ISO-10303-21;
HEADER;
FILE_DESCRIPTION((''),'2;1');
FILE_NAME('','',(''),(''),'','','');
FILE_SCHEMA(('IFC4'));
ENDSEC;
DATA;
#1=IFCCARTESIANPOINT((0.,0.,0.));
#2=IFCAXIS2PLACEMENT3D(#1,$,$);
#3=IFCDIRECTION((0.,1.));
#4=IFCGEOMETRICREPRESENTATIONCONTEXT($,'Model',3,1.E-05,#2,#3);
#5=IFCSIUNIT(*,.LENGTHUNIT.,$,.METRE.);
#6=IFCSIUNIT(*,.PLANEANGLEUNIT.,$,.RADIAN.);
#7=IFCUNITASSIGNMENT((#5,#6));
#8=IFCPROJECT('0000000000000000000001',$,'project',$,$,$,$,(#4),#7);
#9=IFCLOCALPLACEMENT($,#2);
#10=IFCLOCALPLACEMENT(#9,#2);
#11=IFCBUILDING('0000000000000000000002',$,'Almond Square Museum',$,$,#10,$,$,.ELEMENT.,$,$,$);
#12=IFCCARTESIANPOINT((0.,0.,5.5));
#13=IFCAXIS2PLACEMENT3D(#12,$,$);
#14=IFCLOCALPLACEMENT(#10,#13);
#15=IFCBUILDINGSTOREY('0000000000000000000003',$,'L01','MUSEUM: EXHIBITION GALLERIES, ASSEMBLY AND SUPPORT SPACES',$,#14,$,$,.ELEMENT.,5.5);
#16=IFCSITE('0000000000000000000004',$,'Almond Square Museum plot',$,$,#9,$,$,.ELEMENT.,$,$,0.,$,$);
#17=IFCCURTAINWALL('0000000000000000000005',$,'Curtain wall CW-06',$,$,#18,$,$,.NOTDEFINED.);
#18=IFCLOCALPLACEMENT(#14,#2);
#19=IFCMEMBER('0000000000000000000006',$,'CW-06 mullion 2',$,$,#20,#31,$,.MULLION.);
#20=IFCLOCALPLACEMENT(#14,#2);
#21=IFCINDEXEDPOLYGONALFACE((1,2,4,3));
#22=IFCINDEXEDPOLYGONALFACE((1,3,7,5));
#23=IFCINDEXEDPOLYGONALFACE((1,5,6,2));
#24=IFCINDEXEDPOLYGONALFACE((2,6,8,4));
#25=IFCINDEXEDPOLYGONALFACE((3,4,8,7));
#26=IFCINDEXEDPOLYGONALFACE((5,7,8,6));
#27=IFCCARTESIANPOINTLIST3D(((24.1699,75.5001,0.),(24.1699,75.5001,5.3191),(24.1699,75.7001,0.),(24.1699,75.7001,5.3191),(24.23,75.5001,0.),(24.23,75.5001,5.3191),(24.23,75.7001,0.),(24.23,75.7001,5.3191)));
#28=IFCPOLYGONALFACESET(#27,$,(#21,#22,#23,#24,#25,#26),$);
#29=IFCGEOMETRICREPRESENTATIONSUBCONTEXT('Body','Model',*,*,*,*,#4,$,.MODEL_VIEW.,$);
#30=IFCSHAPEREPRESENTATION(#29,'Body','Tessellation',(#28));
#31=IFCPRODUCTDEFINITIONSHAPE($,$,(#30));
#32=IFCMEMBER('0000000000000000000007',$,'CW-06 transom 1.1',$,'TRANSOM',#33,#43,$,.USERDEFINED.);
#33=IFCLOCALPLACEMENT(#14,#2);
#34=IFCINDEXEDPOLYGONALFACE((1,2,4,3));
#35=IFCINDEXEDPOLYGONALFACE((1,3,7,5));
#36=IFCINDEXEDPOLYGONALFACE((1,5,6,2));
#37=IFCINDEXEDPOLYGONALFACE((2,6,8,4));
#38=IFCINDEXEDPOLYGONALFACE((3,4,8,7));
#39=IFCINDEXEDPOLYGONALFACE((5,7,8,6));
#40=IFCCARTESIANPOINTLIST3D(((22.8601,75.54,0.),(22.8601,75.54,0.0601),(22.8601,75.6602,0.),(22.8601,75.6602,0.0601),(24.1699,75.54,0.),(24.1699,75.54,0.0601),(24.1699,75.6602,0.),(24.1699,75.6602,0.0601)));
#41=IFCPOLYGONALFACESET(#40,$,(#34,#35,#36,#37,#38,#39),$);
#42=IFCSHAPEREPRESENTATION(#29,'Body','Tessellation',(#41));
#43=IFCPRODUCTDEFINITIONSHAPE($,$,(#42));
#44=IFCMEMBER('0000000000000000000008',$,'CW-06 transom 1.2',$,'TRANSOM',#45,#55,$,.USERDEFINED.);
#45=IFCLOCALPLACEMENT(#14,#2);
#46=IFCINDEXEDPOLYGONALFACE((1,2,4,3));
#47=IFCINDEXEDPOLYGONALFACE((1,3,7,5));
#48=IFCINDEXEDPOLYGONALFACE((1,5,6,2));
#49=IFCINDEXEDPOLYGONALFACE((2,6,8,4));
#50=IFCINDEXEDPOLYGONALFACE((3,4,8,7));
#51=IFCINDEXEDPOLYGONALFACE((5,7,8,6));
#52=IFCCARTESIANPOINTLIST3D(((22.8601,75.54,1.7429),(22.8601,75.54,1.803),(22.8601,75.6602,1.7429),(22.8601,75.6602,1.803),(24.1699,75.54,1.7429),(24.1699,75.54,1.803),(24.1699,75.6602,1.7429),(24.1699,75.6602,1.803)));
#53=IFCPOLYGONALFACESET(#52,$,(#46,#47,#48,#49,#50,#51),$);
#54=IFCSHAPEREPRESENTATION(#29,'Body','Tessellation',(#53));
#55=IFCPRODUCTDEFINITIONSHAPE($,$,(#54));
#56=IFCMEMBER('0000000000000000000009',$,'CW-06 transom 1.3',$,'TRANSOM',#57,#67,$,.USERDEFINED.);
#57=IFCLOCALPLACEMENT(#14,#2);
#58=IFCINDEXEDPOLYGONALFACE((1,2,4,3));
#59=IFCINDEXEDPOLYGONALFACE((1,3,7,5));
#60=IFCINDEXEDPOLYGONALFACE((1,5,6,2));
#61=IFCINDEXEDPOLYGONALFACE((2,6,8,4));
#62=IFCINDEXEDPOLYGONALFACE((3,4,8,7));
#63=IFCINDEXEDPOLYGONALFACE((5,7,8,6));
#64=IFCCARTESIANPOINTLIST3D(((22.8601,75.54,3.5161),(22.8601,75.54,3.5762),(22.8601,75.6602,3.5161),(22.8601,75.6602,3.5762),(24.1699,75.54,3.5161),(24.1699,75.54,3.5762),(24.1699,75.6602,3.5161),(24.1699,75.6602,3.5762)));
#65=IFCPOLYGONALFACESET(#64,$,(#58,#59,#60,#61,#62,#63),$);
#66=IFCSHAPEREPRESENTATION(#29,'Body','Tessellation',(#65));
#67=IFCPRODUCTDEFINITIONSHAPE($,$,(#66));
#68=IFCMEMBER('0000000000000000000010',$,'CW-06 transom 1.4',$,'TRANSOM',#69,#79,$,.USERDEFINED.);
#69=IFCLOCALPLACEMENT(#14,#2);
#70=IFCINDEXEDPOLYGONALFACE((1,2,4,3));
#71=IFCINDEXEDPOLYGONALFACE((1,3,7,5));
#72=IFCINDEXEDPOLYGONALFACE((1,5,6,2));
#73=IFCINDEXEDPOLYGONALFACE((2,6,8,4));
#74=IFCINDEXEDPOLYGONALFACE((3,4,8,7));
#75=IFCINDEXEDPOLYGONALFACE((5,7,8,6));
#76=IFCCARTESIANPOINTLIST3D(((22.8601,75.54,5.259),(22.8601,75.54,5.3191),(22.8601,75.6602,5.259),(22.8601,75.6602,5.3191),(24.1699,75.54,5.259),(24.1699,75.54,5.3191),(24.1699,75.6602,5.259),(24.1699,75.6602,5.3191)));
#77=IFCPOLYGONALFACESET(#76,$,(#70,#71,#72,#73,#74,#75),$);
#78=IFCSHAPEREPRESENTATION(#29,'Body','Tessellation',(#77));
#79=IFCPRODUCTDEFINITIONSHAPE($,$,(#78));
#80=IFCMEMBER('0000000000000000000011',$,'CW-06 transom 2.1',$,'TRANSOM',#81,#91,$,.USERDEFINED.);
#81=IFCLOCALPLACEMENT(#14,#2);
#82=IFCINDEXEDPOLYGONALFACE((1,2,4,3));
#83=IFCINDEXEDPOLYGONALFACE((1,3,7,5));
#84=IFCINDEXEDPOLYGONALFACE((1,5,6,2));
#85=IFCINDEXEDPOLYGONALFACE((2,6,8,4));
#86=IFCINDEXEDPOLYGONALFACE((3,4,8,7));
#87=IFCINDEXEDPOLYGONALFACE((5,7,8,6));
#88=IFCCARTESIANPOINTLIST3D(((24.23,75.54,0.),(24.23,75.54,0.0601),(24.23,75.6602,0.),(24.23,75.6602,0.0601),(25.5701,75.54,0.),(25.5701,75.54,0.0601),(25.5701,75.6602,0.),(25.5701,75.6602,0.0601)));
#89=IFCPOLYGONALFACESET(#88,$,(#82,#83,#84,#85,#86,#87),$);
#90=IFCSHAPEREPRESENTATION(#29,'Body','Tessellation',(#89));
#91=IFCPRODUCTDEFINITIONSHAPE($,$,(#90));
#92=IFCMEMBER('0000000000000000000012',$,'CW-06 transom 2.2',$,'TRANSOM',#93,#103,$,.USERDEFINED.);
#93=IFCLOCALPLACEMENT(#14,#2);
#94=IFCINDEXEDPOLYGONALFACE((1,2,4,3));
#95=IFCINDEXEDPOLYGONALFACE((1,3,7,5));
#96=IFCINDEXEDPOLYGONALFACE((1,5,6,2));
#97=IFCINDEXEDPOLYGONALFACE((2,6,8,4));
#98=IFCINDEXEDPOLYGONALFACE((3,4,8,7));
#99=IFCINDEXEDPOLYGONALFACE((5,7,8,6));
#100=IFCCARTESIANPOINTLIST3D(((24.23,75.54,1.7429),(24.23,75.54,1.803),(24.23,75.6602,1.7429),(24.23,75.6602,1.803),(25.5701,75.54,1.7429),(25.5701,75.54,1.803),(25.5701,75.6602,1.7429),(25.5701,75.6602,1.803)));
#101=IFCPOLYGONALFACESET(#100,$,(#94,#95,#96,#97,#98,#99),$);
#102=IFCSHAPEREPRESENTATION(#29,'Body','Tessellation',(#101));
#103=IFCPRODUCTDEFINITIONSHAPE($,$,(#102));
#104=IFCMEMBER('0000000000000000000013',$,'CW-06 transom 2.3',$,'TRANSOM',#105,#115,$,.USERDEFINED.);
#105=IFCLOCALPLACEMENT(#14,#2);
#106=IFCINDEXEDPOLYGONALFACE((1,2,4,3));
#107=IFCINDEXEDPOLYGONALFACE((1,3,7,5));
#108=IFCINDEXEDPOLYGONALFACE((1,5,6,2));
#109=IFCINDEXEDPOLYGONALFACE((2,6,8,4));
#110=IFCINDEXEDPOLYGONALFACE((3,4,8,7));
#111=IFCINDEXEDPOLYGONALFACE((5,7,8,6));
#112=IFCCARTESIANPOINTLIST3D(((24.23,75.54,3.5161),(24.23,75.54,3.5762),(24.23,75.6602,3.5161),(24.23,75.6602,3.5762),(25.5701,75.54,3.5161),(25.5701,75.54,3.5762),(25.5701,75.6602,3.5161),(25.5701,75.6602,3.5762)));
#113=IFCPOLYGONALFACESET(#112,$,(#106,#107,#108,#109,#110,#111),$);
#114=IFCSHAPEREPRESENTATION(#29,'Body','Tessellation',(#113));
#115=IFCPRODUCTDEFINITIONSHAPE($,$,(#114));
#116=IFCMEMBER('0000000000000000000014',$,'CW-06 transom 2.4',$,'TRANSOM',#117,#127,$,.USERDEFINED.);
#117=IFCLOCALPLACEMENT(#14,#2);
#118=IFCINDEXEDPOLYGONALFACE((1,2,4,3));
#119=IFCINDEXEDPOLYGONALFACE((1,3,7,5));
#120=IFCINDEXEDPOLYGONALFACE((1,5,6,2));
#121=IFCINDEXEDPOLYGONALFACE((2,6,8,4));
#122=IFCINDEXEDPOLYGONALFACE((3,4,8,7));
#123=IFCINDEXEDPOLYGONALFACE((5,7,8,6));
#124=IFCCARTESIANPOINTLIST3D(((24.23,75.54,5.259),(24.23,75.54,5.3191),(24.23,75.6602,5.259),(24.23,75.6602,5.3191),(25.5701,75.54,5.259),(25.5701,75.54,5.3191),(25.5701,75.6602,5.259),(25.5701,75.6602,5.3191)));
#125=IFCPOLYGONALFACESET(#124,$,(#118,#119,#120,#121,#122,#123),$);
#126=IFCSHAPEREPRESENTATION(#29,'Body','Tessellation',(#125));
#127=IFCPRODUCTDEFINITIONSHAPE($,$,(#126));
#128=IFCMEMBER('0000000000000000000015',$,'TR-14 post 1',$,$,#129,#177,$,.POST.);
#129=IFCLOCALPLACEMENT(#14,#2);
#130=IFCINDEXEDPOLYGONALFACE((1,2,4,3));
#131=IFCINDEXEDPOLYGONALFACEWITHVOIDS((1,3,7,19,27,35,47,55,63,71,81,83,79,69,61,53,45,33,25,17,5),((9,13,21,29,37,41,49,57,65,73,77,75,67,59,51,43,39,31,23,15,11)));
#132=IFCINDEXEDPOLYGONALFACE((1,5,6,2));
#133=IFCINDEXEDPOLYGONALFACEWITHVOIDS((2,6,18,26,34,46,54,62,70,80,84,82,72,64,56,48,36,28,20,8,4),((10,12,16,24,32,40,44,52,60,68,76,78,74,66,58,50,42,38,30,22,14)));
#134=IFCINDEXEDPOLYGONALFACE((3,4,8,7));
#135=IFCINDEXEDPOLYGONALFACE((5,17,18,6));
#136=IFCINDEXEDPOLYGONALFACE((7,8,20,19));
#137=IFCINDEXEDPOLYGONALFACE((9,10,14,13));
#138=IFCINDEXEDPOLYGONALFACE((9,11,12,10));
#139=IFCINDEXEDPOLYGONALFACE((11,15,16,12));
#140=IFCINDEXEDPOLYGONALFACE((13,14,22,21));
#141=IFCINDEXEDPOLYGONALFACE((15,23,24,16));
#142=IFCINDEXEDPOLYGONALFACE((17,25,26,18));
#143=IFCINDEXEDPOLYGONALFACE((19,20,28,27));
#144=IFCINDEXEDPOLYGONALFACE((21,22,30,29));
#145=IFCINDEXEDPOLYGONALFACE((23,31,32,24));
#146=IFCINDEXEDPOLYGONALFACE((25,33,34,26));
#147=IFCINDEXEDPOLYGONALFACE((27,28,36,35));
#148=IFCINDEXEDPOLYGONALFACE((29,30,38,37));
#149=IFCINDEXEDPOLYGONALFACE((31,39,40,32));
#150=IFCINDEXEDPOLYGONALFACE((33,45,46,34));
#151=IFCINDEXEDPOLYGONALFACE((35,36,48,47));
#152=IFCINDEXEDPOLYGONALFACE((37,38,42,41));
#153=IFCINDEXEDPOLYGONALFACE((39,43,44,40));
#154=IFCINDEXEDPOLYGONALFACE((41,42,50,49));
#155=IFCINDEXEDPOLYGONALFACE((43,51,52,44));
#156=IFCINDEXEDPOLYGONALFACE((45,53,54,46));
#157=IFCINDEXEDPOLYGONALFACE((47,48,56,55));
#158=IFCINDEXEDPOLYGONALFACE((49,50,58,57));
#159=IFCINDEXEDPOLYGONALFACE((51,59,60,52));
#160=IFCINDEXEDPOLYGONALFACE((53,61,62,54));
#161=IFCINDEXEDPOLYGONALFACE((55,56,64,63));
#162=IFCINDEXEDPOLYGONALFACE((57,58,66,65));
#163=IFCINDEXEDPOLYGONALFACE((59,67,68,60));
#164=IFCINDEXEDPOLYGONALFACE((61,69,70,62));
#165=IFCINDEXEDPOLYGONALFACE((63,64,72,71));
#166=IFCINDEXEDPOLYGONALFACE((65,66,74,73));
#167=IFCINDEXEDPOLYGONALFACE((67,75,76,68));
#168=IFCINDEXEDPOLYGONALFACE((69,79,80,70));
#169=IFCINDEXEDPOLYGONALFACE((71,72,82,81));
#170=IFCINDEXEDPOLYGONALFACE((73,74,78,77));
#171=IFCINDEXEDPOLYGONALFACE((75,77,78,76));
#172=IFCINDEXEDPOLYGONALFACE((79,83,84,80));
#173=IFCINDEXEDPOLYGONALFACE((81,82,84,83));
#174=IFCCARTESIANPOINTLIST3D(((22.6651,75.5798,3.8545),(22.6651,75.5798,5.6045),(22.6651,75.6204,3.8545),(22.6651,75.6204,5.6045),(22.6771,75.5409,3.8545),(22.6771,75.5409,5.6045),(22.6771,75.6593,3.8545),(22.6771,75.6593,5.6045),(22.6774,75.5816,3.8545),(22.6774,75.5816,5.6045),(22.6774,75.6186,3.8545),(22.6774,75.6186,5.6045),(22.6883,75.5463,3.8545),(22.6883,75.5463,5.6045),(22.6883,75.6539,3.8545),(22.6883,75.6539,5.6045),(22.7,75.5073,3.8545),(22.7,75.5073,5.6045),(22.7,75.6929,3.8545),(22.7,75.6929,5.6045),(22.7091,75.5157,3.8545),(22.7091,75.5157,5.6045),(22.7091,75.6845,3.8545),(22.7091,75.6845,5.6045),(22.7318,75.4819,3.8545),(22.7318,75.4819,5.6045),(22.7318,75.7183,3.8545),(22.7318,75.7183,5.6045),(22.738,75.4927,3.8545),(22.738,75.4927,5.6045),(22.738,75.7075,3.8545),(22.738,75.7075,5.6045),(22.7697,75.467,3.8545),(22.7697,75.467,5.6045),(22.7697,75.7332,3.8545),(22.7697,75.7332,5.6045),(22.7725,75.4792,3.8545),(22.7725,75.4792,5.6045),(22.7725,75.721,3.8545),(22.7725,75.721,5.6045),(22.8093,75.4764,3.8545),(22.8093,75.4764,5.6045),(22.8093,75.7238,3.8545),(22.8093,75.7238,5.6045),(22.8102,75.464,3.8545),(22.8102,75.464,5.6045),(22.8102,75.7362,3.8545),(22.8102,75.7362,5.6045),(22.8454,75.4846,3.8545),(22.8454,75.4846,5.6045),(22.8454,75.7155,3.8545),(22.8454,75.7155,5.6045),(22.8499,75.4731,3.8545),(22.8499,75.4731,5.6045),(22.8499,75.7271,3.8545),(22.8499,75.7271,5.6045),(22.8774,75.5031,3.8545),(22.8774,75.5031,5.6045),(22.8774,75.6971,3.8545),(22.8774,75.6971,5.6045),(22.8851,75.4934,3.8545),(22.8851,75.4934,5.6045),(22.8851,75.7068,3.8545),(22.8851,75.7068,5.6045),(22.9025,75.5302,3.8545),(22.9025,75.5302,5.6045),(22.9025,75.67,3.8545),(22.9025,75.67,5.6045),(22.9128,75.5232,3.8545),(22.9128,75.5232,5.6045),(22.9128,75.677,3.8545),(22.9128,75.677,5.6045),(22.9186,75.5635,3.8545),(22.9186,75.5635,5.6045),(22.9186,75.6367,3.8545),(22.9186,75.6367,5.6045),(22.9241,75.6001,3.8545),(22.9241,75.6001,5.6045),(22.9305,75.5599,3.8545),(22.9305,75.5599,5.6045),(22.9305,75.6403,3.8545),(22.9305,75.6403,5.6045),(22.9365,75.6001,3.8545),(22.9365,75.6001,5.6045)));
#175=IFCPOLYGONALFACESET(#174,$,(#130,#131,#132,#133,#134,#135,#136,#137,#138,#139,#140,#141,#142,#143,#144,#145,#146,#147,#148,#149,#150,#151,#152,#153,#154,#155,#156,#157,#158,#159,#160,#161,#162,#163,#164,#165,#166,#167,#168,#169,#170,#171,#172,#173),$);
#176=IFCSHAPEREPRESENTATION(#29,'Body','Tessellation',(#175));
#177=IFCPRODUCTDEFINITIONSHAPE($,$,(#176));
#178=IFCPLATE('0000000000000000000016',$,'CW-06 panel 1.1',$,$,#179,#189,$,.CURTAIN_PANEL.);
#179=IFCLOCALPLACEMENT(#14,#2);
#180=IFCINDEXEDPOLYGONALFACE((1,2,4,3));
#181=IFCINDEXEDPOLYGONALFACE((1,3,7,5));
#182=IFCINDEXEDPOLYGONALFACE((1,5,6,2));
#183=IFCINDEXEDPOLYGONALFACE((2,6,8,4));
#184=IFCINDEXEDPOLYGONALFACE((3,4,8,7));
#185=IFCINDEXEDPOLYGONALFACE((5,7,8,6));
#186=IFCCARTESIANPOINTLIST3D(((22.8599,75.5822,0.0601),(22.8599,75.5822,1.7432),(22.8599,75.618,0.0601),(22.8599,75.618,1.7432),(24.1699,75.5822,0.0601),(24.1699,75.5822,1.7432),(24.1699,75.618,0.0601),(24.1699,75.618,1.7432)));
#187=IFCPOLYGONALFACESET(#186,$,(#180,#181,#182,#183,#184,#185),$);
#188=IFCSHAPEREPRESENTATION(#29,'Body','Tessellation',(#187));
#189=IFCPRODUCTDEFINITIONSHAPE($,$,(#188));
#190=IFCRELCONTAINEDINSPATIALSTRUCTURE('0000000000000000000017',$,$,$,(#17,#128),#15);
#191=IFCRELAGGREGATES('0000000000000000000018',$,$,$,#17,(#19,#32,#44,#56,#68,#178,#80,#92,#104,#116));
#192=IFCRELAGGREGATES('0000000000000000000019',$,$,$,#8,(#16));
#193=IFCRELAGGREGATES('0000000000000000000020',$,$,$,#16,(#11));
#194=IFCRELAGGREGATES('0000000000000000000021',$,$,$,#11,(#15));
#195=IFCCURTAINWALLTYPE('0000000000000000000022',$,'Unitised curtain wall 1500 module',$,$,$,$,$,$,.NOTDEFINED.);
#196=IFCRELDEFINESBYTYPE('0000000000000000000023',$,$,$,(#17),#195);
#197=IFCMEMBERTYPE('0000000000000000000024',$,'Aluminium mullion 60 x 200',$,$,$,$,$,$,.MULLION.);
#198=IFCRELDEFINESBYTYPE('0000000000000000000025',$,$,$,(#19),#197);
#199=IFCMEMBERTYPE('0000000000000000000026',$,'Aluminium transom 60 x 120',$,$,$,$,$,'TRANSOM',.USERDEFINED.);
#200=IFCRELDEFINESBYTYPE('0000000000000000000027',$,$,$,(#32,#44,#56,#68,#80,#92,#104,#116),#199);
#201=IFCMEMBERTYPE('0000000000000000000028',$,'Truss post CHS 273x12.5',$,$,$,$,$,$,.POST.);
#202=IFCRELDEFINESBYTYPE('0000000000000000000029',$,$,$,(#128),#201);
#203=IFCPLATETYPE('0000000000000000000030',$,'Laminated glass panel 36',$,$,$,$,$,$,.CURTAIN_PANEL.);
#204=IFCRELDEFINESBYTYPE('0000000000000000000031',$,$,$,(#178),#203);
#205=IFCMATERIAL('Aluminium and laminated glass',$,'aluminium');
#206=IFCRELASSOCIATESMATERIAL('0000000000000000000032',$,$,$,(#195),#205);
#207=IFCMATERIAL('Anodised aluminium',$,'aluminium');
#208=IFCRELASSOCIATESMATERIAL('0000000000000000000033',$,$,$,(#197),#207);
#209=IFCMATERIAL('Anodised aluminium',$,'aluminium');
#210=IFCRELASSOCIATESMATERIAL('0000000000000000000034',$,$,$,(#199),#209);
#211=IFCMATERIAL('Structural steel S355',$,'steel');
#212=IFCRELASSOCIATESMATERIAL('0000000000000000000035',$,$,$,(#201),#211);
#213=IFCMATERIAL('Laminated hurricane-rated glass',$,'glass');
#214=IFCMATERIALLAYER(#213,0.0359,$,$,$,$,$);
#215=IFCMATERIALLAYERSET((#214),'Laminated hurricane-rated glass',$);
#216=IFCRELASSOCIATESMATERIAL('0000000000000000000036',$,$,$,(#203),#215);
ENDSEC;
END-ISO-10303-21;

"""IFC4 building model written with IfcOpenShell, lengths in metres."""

from ifc_helpers import new_model, si_unit, direction, frame, origin, origin_2d, place, context, subcontext, project, spatial, rectangle, hollow_circle, extrude, material, layer, layer_set, material_profile, profile_set, type_object, element, aggregate, save


model = new_model("IFC4")

# Units and contexts
model_context = context("Model", 3, precision=1e-05, world=origin(), true_north=direction((0.0, 1.0)))
body_context = subcontext(model_context, "Body", "Model", "MODEL_VIEW")
ifc_project = project(units=[si_unit("LENGTHUNIT", "METRE"), si_unit("PLANEANGLEUNIT", "RADIAN")], contexts=[model_context])

# Site, building, storey
site_placement = place(None, origin())
site = spatial("IfcSite", under=ifc_project, at=site_placement, Name="Almond Square Museum plot", CompositionType="ELEMENT", RefElevation=0.0)
building_placement = place(site_placement, origin())
building = spatial("IfcBuilding", under=site, at=building_placement, Name="Almond Square Museum", CompositionType="ELEMENT")
storey_placement = place(building_placement, frame((0.0, 0.0, 5.5)))
storey = spatial("IfcBuildingStorey", under=building, at=storey_placement, Name="L01", Description="MUSEUM: EXHIBITION GALLERIES, ASSEMBLY AND SUPPORT SPACES", CompositionType="ELEMENT", Elevation=5.5)

# Curtain wall, members
ifc_material_1 = material(Name="Aluminium and laminated glass", Category="aluminium")
curtain_wall_type = type_object("IfcCurtainWallType", Name="Unitised curtain wall 1500 module", PredefinedType="NOTDEFINED", material=ifc_material_1)
curtain_wall_placement = place(storey_placement, origin())
curtain_wall = element("IfcCurtainWall", 1, at=curtain_wall_placement, inside=storey, type_object=curtain_wall_type, Name="Curtain wall CW-06", PredefinedType="NOTDEFINED")
ifc_material_2 = material(Name="Anodised aluminium", Category="aluminium")
ifc_material_profile_1 = material_profile(ifc_material_2, rectangle(XDim=0.2, YDim=0.0601, at=origin_2d()))
ifc_profile_set_1 = profile_set([ifc_material_profile_1], Name="Anodised aluminium")
member_type_1 = type_object("IfcMemberType", Name="Aluminium mullion 60 x 200", PredefinedType="MULLION", material=ifc_profile_set_1)
member_1_placement = place(storey_placement, frame((24.2, 75.6001, 0.0), z_axis=(0.0, 0.0, 1.0), x_axis=(0.0, 1.0, 0.0)))
member_1 = element("IfcMember", 2, at=member_1_placement, type_object=member_type_1, Name="CW-06 mullion 2", PredefinedType="MULLION", context=body_context, shape_type="SweptSolid", body=[
    extrude(rectangle(XDim=0.2, YDim=0.0601, at=origin_2d()), origin(), (0.0, 0.0, 1.0), 5.3191),
])
ifc_material_3 = material(Name="Anodised aluminium", Category="aluminium")
ifc_material_profile_2 = material_profile(ifc_material_3, rectangle(XDim=0.1201, YDim=0.0601, at=origin_2d()))
ifc_profile_set_2 = profile_set([ifc_material_profile_2], Name="Anodised aluminium")
member_type_2 = type_object("IfcMemberType", Name="Aluminium transom 60 x 120", ElementType="TRANSOM", PredefinedType="USERDEFINED", material=ifc_profile_set_2)
member_2_placement = place(storey_placement, frame((22.8601, 75.6001, 0.03), z_axis=(1.0, 0.0, 0.0), x_axis=(0.0, 1.0, 0.0)))
member_2 = element("IfcMember", 3, at=member_2_placement, type_object=member_type_2, Name="CW-06 transom 1.1", ObjectType="TRANSOM", PredefinedType="USERDEFINED", context=body_context, shape_type="SweptSolid", body=[
    extrude(rectangle(XDim=0.1201, YDim=0.0601, at=origin_2d()), origin(), (0.0, 0.0, 1.0), 1.3098),
])
member_3_placement = place(storey_placement, frame((22.8601, 75.6001, 1.7729), z_axis=(1.0, 0.0, 0.0), x_axis=(0.0, 1.0, 0.0)))
member_3 = element("IfcMember", 4, at=member_3_placement, type_object=member_type_2, Name="CW-06 transom 1.2", ObjectType="TRANSOM", PredefinedType="USERDEFINED", context=body_context, shape_type="SweptSolid", body=[
    extrude(rectangle(XDim=0.1201, YDim=0.0601, at=origin_2d()), origin(), (0.0, 0.0, 1.0), 1.3098),
])
member_4_placement = place(storey_placement, frame((22.8601, 75.6001, 3.5461), z_axis=(1.0, 0.0, 0.0), x_axis=(0.0, 1.0, 0.0)))
member_4 = element("IfcMember", 5, at=member_4_placement, type_object=member_type_2, Name="CW-06 transom 1.3", ObjectType="TRANSOM", PredefinedType="USERDEFINED", context=body_context, shape_type="SweptSolid", body=[
    extrude(rectangle(XDim=0.1201, YDim=0.0601, at=origin_2d()), origin(), (0.0, 0.0, 1.0), 1.3098),
])
member_5_placement = place(storey_placement, frame((22.8601, 75.6001, 5.2891), z_axis=(1.0, 0.0, 0.0), x_axis=(0.0, 1.0, 0.0)))
member_5 = element("IfcMember", 6, at=member_5_placement, type_object=member_type_2, Name="CW-06 transom 1.4", ObjectType="TRANSOM", PredefinedType="USERDEFINED", context=body_context, shape_type="SweptSolid", body=[
    extrude(rectangle(XDim=0.1201, YDim=0.0601, at=origin_2d()), origin(), (0.0, 0.0, 1.0), 1.3098),
])
member_6_placement = place(storey_placement, frame((24.23, 75.6001, 0.03), z_axis=(1.0, 0.0, 0.0), x_axis=(0.0, 1.0, 0.0)))
member_6 = element("IfcMember", 7, at=member_6_placement, type_object=member_type_2, Name="CW-06 transom 2.1", ObjectType="TRANSOM", PredefinedType="USERDEFINED", context=body_context, shape_type="SweptSolid", body=[
    extrude(rectangle(XDim=0.1201, YDim=0.0601, at=origin_2d()), origin(), (0.0, 0.0, 1.0), 1.3401),
])
member_7_placement = place(storey_placement, frame((24.23, 75.6001, 1.7729), z_axis=(1.0, 0.0, 0.0), x_axis=(0.0, 1.0, 0.0)))
member_7 = element("IfcMember", 8, at=member_7_placement, type_object=member_type_2, Name="CW-06 transom 2.2", ObjectType="TRANSOM", PredefinedType="USERDEFINED", context=body_context, shape_type="SweptSolid", body=[
    extrude(rectangle(XDim=0.1201, YDim=0.0601, at=origin_2d()), origin(), (0.0, 0.0, 1.0), 1.3401),
])
member_8_placement = place(storey_placement, frame((24.23, 75.6001, 3.5461), z_axis=(1.0, 0.0, 0.0), x_axis=(0.0, 1.0, 0.0)))
member_8 = element("IfcMember", 9, at=member_8_placement, type_object=member_type_2, Name="CW-06 transom 2.3", ObjectType="TRANSOM", PredefinedType="USERDEFINED", context=body_context, shape_type="SweptSolid", body=[
    extrude(rectangle(XDim=0.1201, YDim=0.0601, at=origin_2d()), origin(), (0.0, 0.0, 1.0), 1.3401),
])
member_9_placement = place(storey_placement, frame((24.23, 75.6001, 5.2891), z_axis=(1.0, 0.0, 0.0), x_axis=(0.0, 1.0, 0.0)))
member_9 = element("IfcMember", 10, at=member_9_placement, type_object=member_type_2, Name="CW-06 transom 2.4", ObjectType="TRANSOM", PredefinedType="USERDEFINED", context=body_context, shape_type="SweptSolid", body=[
    extrude(rectangle(XDim=0.1201, YDim=0.0601, at=origin_2d()), origin(), (0.0, 0.0, 1.0), 1.3401),
])

# Member
ifc_material_4 = material(Name="Structural steel S355", Category="steel")
ifc_material_profile_3 = material_profile(ifc_material_4, hollow_circle(Radius=0.1365, WallThickness=0.0125, at=origin_2d()))
ifc_profile_set_3 = profile_set([ifc_material_profile_3], Name="Structural steel S355")
member_type_3 = type_object("IfcMemberType", Name="Truss post CHS 273x12.5", PredefinedType="POST", material=ifc_profile_set_3)
member_10_placement = place(storey_placement, frame((22.8, 75.6001, 3.8545), z_axis=(0.0, 0.0, 1.0), x_axis=(1.0, 0.0, 0.0)))
element("IfcMember", 11, at=member_10_placement, inside=storey, type_object=member_type_3, Name="TR-14 post 1", PredefinedType="POST", context=body_context, shape_type="SweptSolid", body=[
    extrude(hollow_circle(Radius=0.1365, WallThickness=0.0125, at=origin_2d()), origin(), (0.0, 0.0, 1.0), 1.75),
])

# Plate
ifc_material_5 = material(Name="Laminated hurricane-rated glass", Category="glass")
ifc_layer = layer(ifc_material_5, 0.0359)
ifc_layer_set = layer_set([ifc_layer], Name="Laminated hurricane-rated glass")
plate_type = type_object("IfcPlateType", Name="Laminated glass panel 36", PredefinedType="CURTAIN_PANEL", material=ifc_layer_set)
plate_1_placement = place(storey_placement, frame((23.5149, 75.6001, 0.0601), z_axis=(0.0, 0.0, 1.0), x_axis=(1.0, 0.0, 0.0)))
plate_1 = element("IfcPlate", 12, at=plate_1_placement, type_object=plate_type, Name="CW-06 panel 1.1", PredefinedType="CURTAIN_PANEL", context=body_context, shape_type="SweptSolid", body=[
    extrude(rectangle(XDim=1.3101, YDim=0.0359, at=origin_2d()), origin(), (0.0, 0.0, 1.0), 1.6831),
])
aggregate(curtain_wall, [member_1, member_2, member_3, member_4, member_5, plate_1, member_6, member_7, member_8, member_9])

save(model, "model.ifc")
